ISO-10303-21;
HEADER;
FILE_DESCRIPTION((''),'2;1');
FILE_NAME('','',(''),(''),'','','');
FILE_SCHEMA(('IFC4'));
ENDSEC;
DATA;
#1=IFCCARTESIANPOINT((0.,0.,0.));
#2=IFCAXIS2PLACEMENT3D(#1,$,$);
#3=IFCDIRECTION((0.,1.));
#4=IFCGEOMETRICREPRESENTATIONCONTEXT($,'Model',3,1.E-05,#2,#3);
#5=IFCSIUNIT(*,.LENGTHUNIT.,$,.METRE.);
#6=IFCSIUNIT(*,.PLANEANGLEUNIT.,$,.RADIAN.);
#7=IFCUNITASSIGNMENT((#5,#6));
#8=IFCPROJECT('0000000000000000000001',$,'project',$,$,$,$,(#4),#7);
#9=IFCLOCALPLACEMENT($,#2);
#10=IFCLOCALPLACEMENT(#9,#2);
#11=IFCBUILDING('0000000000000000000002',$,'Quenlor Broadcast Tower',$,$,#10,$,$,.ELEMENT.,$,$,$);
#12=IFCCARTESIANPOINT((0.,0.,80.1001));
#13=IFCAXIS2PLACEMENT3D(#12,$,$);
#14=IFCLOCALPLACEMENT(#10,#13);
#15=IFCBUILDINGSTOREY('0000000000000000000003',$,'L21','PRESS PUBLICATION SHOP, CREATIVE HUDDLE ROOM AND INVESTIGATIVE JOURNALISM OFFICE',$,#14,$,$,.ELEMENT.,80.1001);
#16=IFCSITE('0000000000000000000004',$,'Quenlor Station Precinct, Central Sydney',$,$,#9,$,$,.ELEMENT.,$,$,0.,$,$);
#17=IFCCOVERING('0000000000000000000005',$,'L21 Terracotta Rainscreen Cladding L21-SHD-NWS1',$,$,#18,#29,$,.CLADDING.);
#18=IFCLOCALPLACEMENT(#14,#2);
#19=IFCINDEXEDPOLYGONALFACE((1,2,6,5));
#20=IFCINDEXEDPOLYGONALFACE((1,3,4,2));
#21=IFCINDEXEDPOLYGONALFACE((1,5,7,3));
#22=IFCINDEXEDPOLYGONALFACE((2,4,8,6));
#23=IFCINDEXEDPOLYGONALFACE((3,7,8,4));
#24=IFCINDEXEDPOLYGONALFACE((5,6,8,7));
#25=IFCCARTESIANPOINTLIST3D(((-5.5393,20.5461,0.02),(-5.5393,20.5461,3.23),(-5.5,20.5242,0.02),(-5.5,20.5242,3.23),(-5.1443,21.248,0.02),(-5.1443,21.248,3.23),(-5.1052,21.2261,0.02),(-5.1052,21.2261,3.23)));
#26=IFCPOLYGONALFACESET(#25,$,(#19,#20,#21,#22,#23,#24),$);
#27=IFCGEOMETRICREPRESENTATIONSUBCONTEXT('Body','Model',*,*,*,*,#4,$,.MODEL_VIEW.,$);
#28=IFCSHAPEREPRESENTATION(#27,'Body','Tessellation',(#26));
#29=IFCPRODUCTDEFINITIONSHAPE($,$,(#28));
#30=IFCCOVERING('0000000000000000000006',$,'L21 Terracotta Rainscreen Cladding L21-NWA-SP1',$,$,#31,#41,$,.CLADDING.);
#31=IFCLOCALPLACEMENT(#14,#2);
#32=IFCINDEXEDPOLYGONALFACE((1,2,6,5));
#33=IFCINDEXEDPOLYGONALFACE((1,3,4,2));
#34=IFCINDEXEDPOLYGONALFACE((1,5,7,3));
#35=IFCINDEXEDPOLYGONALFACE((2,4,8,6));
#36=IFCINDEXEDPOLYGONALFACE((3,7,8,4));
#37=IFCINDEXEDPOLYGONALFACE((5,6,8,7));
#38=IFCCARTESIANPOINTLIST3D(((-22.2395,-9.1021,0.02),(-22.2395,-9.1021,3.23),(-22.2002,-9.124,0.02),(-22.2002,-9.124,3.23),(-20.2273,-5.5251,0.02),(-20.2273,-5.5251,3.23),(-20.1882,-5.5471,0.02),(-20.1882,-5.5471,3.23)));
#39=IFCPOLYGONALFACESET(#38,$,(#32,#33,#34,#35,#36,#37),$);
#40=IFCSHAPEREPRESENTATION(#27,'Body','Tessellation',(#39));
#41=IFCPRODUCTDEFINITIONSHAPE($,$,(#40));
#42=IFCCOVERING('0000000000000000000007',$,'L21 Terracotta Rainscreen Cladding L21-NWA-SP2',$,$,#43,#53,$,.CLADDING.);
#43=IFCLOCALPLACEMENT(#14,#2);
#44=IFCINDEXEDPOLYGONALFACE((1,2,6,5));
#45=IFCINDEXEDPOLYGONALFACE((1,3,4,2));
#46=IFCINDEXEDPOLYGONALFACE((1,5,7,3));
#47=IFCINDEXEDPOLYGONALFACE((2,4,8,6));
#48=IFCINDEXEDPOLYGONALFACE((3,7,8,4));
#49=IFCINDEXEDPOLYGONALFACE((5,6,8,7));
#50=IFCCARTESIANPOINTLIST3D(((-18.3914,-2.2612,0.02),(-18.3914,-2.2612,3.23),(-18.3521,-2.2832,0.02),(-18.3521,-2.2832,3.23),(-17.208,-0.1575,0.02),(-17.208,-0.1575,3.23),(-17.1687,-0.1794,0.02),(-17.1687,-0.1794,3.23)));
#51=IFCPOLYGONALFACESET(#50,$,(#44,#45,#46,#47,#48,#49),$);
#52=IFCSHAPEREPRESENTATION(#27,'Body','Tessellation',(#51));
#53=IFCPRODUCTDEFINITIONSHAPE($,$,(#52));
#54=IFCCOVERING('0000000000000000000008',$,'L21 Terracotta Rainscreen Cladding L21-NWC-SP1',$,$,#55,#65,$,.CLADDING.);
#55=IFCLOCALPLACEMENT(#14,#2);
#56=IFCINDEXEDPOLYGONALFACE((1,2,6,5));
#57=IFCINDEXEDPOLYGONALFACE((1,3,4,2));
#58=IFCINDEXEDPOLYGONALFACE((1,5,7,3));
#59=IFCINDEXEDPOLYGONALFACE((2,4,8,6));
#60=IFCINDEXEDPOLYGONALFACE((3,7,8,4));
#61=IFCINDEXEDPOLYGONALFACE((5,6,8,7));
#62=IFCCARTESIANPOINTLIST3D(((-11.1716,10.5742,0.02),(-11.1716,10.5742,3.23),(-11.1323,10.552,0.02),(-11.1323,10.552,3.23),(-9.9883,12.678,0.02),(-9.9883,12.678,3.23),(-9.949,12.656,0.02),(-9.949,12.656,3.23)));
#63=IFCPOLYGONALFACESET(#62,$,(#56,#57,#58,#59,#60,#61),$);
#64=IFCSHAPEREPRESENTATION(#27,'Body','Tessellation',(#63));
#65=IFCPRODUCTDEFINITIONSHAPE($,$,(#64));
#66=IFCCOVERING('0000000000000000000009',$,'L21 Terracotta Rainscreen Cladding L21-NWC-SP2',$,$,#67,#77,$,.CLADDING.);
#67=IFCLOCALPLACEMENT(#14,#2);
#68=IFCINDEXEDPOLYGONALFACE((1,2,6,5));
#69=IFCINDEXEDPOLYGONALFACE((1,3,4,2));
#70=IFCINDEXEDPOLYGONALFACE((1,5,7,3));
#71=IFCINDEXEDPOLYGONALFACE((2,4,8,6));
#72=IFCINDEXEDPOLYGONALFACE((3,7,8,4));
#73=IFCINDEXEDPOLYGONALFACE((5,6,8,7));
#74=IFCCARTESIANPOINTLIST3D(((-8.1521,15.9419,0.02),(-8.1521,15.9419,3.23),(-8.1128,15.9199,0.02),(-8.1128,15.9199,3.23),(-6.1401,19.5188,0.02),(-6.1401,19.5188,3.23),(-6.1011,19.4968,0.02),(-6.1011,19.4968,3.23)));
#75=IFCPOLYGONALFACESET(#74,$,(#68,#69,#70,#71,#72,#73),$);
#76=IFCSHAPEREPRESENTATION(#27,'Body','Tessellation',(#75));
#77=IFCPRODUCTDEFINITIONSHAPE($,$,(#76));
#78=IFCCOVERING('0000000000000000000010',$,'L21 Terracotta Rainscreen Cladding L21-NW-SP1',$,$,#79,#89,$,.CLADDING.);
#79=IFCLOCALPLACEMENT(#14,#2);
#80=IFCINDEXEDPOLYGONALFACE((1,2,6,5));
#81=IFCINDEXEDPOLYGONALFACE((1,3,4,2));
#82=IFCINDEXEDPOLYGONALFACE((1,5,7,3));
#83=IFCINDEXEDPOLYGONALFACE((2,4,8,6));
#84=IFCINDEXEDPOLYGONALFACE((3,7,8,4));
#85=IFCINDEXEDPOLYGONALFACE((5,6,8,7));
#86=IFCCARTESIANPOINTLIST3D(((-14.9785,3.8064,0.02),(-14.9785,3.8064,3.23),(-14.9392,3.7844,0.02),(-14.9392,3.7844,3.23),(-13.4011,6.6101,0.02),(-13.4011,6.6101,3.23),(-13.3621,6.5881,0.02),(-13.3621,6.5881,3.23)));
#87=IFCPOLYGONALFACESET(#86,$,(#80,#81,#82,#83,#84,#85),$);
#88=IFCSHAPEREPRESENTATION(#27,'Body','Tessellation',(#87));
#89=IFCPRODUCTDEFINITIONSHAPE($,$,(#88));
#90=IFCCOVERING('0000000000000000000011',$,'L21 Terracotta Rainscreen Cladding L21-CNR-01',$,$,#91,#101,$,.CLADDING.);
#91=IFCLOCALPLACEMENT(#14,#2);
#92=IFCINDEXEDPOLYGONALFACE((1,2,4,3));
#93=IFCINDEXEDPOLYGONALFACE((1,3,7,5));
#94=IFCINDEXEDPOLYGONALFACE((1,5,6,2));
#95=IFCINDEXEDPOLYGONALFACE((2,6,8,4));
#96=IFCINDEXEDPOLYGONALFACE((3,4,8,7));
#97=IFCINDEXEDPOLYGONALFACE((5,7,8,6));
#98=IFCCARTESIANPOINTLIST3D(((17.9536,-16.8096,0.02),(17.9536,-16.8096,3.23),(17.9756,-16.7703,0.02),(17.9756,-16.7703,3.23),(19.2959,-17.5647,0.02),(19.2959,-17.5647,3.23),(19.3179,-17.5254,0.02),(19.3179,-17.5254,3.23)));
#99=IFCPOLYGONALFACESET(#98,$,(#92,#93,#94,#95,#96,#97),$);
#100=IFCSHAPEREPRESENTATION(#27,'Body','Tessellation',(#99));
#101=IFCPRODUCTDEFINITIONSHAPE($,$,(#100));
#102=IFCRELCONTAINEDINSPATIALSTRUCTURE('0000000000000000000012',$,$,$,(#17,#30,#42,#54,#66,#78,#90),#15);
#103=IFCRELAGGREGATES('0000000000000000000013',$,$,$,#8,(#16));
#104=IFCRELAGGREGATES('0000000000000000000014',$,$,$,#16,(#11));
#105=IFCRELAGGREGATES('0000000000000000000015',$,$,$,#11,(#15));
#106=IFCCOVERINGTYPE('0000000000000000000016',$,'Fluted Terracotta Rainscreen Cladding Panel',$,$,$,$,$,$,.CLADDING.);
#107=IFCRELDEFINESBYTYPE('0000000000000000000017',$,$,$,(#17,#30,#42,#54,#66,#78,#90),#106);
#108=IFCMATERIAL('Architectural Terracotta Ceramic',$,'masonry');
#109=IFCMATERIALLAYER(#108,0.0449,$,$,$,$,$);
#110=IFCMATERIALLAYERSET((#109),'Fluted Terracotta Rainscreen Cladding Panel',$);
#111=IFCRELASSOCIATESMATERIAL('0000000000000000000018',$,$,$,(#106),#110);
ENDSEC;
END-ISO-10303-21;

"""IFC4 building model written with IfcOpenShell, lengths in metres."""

from ifc_helpers import new_model, si_unit, direction, frame, origin, place, context, subcontext, project, spatial, polyline, outline, extrude, material, layer, layer_set, type_object, element, save


model = new_model("IFC4")

# Units and contexts
model_context = context("Model", 3, precision=1e-05, world=origin(), true_north=direction((0.0, 1.0)))
body_context = subcontext(model_context, "Body", "Model", "MODEL_VIEW")
ifc_project = project(units=[si_unit("LENGTHUNIT", "METRE"), si_unit("PLANEANGLEUNIT", "RADIAN")], contexts=[model_context])

# Site, building, storey
site_placement = place(None, origin())
site = spatial("IfcSite", under=ifc_project, at=site_placement, Name="Quenlor Station Precinct, Central Sydney", CompositionType="ELEMENT", RefElevation=0.0)
building_placement = place(site_placement, origin())
building = spatial("IfcBuilding", under=site, at=building_placement, Name="Quenlor Broadcast Tower", CompositionType="ELEMENT")
storey_placement = place(building_placement, frame((0.0, 0.0, 80.1001)))
storey = spatial("IfcBuildingStorey", under=building, at=storey_placement, Name="L21", Description="PRESS PUBLICATION SHOP, CREATIVE HUDDLE ROOM AND INVESTIGATIVE JOURNALISM OFFICE", CompositionType="ELEMENT", Elevation=80.1001)

# Coverings
ifc_material_1 = material(Name="Architectural Terracotta Ceramic", Category="masonry")
ifc_layer_1 = layer(ifc_material_1, 0.0449)
ifc_layer_set_1 = layer_set([ifc_layer_1], Name="Fluted Terracotta Rainscreen Cladding Panel")
covering_type = type_object("IfcCoveringType", Name="Fluted Terracotta Rainscreen Cladding Panel", PredefinedType="CLADDING", material=ifc_layer_set_1)
covering_1_placement = place(storey_placement, frame((0.0, 0.0, 0.02)))
element("IfcCovering", 1, at=covering_1_placement, inside=storey, type_object=covering_type, Name="L21 Terracotta Rainscreen Cladding L21-SHD-NWS1", PredefinedType="CLADDING", context=body_context, shape_type="SweptSolid", body=[
    extrude(outline(polyline([(-5.5, 20.5242), (-5.1052, 21.2261), (-5.1443, 21.248), (-5.5393, 20.5461), (-5.5, 20.5242)])), origin(), (0.0, 0.0, 1.0), 3.21),
])
covering_2_placement = place(storey_placement, frame((0.0, 0.0, 0.02)))
element("IfcCovering", 2, at=covering_2_placement, inside=storey, type_object=covering_type, Name="L21 Terracotta Rainscreen Cladding L21-NWA-SP1", PredefinedType="CLADDING", context=body_context, shape_type="SweptSolid", body=[
    extrude(outline(polyline([(-22.2002, -9.124), (-20.1882, -5.5471), (-20.2273, -5.5251), (-22.2395, -9.1021), (-22.2002, -9.124)])), origin(), (0.0, 0.0, 1.0), 3.21),
])
covering_3_placement = place(storey_placement, frame((0.0, 0.0, 0.02)))
element("IfcCovering", 3, at=covering_3_placement, inside=storey, type_object=covering_type, Name="L21 Terracotta Rainscreen Cladding L21-NWA-SP2", PredefinedType="CLADDING", context=body_context, shape_type="SweptSolid", body=[
    extrude(outline(polyline([(-18.3521, -2.2832), (-17.1687, -0.1794), (-17.208, -0.1575), (-18.3914, -2.2612), (-18.3521, -2.2832)])), origin(), (0.0, 0.0, 1.0), 3.21),
])
covering_4_placement = place(storey_placement, frame((0.0, 0.0, 0.02)))
element("IfcCovering", 4, at=covering_4_placement, inside=storey, type_object=covering_type, Name="L21 Terracotta Rainscreen Cladding L21-NWC-SP1", PredefinedType="CLADDING", context=body_context, shape_type="SweptSolid", body=[
    extrude(outline(polyline([(-11.1323, 10.552), (-9.949, 12.656), (-9.9883, 12.678), (-11.1716, 10.5742), (-11.1323, 10.552)])), origin(), (0.0, 0.0, 1.0), 3.21),
])
covering_5_placement = place(storey_placement, frame((0.0, 0.0, 0.02)))
element("IfcCovering", 5, at=covering_5_placement, inside=storey, type_object=covering_type, Name="L21 Terracotta Rainscreen Cladding L21-NWC-SP2", PredefinedType="CLADDING", context=body_context, shape_type="SweptSolid", body=[
    extrude(outline(polyline([(-8.1128, 15.9199), (-6.1011, 19.4968), (-6.1401, 19.5188), (-8.1521, 15.9419), (-8.1128, 15.9199)])), origin(), (0.0, 0.0, 1.0), 3.21),
])
covering_6_placement = place(storey_placement, frame((0.0, 0.0, 0.02)))
element("IfcCovering", 6, at=covering_6_placement, inside=storey, type_object=covering_type, Name="L21 Terracotta Rainscreen Cladding L21-NW-SP1", PredefinedType="CLADDING", context=body_context, shape_type="SweptSolid", body=[
    extrude(outline(polyline([(-14.9392, 3.7844), (-13.3621, 6.5881), (-13.4011, 6.6101), (-14.9785, 3.8064), (-14.9392, 3.7844)])), origin(), (0.0, 0.0, 1.0), 3.21),
])
covering_7_placement = place(storey_placement, frame((0.0, 0.0, 0.02)))
element("IfcCovering", 7, at=covering_7_placement, inside=storey, type_object=covering_type, Name="L21 Terracotta Rainscreen Cladding L21-CNR-01", PredefinedType="CLADDING", context=body_context, shape_type="SweptSolid", body=[
    extrude(outline(polyline([(19.3179, -17.5254), (17.9756, -16.7703), (17.9536, -16.8096), (19.2959, -17.5647), (19.3179, -17.5254)])), origin(), (0.0, 0.0, 1.0), 3.21),
])

save(model, "model.ifc")
